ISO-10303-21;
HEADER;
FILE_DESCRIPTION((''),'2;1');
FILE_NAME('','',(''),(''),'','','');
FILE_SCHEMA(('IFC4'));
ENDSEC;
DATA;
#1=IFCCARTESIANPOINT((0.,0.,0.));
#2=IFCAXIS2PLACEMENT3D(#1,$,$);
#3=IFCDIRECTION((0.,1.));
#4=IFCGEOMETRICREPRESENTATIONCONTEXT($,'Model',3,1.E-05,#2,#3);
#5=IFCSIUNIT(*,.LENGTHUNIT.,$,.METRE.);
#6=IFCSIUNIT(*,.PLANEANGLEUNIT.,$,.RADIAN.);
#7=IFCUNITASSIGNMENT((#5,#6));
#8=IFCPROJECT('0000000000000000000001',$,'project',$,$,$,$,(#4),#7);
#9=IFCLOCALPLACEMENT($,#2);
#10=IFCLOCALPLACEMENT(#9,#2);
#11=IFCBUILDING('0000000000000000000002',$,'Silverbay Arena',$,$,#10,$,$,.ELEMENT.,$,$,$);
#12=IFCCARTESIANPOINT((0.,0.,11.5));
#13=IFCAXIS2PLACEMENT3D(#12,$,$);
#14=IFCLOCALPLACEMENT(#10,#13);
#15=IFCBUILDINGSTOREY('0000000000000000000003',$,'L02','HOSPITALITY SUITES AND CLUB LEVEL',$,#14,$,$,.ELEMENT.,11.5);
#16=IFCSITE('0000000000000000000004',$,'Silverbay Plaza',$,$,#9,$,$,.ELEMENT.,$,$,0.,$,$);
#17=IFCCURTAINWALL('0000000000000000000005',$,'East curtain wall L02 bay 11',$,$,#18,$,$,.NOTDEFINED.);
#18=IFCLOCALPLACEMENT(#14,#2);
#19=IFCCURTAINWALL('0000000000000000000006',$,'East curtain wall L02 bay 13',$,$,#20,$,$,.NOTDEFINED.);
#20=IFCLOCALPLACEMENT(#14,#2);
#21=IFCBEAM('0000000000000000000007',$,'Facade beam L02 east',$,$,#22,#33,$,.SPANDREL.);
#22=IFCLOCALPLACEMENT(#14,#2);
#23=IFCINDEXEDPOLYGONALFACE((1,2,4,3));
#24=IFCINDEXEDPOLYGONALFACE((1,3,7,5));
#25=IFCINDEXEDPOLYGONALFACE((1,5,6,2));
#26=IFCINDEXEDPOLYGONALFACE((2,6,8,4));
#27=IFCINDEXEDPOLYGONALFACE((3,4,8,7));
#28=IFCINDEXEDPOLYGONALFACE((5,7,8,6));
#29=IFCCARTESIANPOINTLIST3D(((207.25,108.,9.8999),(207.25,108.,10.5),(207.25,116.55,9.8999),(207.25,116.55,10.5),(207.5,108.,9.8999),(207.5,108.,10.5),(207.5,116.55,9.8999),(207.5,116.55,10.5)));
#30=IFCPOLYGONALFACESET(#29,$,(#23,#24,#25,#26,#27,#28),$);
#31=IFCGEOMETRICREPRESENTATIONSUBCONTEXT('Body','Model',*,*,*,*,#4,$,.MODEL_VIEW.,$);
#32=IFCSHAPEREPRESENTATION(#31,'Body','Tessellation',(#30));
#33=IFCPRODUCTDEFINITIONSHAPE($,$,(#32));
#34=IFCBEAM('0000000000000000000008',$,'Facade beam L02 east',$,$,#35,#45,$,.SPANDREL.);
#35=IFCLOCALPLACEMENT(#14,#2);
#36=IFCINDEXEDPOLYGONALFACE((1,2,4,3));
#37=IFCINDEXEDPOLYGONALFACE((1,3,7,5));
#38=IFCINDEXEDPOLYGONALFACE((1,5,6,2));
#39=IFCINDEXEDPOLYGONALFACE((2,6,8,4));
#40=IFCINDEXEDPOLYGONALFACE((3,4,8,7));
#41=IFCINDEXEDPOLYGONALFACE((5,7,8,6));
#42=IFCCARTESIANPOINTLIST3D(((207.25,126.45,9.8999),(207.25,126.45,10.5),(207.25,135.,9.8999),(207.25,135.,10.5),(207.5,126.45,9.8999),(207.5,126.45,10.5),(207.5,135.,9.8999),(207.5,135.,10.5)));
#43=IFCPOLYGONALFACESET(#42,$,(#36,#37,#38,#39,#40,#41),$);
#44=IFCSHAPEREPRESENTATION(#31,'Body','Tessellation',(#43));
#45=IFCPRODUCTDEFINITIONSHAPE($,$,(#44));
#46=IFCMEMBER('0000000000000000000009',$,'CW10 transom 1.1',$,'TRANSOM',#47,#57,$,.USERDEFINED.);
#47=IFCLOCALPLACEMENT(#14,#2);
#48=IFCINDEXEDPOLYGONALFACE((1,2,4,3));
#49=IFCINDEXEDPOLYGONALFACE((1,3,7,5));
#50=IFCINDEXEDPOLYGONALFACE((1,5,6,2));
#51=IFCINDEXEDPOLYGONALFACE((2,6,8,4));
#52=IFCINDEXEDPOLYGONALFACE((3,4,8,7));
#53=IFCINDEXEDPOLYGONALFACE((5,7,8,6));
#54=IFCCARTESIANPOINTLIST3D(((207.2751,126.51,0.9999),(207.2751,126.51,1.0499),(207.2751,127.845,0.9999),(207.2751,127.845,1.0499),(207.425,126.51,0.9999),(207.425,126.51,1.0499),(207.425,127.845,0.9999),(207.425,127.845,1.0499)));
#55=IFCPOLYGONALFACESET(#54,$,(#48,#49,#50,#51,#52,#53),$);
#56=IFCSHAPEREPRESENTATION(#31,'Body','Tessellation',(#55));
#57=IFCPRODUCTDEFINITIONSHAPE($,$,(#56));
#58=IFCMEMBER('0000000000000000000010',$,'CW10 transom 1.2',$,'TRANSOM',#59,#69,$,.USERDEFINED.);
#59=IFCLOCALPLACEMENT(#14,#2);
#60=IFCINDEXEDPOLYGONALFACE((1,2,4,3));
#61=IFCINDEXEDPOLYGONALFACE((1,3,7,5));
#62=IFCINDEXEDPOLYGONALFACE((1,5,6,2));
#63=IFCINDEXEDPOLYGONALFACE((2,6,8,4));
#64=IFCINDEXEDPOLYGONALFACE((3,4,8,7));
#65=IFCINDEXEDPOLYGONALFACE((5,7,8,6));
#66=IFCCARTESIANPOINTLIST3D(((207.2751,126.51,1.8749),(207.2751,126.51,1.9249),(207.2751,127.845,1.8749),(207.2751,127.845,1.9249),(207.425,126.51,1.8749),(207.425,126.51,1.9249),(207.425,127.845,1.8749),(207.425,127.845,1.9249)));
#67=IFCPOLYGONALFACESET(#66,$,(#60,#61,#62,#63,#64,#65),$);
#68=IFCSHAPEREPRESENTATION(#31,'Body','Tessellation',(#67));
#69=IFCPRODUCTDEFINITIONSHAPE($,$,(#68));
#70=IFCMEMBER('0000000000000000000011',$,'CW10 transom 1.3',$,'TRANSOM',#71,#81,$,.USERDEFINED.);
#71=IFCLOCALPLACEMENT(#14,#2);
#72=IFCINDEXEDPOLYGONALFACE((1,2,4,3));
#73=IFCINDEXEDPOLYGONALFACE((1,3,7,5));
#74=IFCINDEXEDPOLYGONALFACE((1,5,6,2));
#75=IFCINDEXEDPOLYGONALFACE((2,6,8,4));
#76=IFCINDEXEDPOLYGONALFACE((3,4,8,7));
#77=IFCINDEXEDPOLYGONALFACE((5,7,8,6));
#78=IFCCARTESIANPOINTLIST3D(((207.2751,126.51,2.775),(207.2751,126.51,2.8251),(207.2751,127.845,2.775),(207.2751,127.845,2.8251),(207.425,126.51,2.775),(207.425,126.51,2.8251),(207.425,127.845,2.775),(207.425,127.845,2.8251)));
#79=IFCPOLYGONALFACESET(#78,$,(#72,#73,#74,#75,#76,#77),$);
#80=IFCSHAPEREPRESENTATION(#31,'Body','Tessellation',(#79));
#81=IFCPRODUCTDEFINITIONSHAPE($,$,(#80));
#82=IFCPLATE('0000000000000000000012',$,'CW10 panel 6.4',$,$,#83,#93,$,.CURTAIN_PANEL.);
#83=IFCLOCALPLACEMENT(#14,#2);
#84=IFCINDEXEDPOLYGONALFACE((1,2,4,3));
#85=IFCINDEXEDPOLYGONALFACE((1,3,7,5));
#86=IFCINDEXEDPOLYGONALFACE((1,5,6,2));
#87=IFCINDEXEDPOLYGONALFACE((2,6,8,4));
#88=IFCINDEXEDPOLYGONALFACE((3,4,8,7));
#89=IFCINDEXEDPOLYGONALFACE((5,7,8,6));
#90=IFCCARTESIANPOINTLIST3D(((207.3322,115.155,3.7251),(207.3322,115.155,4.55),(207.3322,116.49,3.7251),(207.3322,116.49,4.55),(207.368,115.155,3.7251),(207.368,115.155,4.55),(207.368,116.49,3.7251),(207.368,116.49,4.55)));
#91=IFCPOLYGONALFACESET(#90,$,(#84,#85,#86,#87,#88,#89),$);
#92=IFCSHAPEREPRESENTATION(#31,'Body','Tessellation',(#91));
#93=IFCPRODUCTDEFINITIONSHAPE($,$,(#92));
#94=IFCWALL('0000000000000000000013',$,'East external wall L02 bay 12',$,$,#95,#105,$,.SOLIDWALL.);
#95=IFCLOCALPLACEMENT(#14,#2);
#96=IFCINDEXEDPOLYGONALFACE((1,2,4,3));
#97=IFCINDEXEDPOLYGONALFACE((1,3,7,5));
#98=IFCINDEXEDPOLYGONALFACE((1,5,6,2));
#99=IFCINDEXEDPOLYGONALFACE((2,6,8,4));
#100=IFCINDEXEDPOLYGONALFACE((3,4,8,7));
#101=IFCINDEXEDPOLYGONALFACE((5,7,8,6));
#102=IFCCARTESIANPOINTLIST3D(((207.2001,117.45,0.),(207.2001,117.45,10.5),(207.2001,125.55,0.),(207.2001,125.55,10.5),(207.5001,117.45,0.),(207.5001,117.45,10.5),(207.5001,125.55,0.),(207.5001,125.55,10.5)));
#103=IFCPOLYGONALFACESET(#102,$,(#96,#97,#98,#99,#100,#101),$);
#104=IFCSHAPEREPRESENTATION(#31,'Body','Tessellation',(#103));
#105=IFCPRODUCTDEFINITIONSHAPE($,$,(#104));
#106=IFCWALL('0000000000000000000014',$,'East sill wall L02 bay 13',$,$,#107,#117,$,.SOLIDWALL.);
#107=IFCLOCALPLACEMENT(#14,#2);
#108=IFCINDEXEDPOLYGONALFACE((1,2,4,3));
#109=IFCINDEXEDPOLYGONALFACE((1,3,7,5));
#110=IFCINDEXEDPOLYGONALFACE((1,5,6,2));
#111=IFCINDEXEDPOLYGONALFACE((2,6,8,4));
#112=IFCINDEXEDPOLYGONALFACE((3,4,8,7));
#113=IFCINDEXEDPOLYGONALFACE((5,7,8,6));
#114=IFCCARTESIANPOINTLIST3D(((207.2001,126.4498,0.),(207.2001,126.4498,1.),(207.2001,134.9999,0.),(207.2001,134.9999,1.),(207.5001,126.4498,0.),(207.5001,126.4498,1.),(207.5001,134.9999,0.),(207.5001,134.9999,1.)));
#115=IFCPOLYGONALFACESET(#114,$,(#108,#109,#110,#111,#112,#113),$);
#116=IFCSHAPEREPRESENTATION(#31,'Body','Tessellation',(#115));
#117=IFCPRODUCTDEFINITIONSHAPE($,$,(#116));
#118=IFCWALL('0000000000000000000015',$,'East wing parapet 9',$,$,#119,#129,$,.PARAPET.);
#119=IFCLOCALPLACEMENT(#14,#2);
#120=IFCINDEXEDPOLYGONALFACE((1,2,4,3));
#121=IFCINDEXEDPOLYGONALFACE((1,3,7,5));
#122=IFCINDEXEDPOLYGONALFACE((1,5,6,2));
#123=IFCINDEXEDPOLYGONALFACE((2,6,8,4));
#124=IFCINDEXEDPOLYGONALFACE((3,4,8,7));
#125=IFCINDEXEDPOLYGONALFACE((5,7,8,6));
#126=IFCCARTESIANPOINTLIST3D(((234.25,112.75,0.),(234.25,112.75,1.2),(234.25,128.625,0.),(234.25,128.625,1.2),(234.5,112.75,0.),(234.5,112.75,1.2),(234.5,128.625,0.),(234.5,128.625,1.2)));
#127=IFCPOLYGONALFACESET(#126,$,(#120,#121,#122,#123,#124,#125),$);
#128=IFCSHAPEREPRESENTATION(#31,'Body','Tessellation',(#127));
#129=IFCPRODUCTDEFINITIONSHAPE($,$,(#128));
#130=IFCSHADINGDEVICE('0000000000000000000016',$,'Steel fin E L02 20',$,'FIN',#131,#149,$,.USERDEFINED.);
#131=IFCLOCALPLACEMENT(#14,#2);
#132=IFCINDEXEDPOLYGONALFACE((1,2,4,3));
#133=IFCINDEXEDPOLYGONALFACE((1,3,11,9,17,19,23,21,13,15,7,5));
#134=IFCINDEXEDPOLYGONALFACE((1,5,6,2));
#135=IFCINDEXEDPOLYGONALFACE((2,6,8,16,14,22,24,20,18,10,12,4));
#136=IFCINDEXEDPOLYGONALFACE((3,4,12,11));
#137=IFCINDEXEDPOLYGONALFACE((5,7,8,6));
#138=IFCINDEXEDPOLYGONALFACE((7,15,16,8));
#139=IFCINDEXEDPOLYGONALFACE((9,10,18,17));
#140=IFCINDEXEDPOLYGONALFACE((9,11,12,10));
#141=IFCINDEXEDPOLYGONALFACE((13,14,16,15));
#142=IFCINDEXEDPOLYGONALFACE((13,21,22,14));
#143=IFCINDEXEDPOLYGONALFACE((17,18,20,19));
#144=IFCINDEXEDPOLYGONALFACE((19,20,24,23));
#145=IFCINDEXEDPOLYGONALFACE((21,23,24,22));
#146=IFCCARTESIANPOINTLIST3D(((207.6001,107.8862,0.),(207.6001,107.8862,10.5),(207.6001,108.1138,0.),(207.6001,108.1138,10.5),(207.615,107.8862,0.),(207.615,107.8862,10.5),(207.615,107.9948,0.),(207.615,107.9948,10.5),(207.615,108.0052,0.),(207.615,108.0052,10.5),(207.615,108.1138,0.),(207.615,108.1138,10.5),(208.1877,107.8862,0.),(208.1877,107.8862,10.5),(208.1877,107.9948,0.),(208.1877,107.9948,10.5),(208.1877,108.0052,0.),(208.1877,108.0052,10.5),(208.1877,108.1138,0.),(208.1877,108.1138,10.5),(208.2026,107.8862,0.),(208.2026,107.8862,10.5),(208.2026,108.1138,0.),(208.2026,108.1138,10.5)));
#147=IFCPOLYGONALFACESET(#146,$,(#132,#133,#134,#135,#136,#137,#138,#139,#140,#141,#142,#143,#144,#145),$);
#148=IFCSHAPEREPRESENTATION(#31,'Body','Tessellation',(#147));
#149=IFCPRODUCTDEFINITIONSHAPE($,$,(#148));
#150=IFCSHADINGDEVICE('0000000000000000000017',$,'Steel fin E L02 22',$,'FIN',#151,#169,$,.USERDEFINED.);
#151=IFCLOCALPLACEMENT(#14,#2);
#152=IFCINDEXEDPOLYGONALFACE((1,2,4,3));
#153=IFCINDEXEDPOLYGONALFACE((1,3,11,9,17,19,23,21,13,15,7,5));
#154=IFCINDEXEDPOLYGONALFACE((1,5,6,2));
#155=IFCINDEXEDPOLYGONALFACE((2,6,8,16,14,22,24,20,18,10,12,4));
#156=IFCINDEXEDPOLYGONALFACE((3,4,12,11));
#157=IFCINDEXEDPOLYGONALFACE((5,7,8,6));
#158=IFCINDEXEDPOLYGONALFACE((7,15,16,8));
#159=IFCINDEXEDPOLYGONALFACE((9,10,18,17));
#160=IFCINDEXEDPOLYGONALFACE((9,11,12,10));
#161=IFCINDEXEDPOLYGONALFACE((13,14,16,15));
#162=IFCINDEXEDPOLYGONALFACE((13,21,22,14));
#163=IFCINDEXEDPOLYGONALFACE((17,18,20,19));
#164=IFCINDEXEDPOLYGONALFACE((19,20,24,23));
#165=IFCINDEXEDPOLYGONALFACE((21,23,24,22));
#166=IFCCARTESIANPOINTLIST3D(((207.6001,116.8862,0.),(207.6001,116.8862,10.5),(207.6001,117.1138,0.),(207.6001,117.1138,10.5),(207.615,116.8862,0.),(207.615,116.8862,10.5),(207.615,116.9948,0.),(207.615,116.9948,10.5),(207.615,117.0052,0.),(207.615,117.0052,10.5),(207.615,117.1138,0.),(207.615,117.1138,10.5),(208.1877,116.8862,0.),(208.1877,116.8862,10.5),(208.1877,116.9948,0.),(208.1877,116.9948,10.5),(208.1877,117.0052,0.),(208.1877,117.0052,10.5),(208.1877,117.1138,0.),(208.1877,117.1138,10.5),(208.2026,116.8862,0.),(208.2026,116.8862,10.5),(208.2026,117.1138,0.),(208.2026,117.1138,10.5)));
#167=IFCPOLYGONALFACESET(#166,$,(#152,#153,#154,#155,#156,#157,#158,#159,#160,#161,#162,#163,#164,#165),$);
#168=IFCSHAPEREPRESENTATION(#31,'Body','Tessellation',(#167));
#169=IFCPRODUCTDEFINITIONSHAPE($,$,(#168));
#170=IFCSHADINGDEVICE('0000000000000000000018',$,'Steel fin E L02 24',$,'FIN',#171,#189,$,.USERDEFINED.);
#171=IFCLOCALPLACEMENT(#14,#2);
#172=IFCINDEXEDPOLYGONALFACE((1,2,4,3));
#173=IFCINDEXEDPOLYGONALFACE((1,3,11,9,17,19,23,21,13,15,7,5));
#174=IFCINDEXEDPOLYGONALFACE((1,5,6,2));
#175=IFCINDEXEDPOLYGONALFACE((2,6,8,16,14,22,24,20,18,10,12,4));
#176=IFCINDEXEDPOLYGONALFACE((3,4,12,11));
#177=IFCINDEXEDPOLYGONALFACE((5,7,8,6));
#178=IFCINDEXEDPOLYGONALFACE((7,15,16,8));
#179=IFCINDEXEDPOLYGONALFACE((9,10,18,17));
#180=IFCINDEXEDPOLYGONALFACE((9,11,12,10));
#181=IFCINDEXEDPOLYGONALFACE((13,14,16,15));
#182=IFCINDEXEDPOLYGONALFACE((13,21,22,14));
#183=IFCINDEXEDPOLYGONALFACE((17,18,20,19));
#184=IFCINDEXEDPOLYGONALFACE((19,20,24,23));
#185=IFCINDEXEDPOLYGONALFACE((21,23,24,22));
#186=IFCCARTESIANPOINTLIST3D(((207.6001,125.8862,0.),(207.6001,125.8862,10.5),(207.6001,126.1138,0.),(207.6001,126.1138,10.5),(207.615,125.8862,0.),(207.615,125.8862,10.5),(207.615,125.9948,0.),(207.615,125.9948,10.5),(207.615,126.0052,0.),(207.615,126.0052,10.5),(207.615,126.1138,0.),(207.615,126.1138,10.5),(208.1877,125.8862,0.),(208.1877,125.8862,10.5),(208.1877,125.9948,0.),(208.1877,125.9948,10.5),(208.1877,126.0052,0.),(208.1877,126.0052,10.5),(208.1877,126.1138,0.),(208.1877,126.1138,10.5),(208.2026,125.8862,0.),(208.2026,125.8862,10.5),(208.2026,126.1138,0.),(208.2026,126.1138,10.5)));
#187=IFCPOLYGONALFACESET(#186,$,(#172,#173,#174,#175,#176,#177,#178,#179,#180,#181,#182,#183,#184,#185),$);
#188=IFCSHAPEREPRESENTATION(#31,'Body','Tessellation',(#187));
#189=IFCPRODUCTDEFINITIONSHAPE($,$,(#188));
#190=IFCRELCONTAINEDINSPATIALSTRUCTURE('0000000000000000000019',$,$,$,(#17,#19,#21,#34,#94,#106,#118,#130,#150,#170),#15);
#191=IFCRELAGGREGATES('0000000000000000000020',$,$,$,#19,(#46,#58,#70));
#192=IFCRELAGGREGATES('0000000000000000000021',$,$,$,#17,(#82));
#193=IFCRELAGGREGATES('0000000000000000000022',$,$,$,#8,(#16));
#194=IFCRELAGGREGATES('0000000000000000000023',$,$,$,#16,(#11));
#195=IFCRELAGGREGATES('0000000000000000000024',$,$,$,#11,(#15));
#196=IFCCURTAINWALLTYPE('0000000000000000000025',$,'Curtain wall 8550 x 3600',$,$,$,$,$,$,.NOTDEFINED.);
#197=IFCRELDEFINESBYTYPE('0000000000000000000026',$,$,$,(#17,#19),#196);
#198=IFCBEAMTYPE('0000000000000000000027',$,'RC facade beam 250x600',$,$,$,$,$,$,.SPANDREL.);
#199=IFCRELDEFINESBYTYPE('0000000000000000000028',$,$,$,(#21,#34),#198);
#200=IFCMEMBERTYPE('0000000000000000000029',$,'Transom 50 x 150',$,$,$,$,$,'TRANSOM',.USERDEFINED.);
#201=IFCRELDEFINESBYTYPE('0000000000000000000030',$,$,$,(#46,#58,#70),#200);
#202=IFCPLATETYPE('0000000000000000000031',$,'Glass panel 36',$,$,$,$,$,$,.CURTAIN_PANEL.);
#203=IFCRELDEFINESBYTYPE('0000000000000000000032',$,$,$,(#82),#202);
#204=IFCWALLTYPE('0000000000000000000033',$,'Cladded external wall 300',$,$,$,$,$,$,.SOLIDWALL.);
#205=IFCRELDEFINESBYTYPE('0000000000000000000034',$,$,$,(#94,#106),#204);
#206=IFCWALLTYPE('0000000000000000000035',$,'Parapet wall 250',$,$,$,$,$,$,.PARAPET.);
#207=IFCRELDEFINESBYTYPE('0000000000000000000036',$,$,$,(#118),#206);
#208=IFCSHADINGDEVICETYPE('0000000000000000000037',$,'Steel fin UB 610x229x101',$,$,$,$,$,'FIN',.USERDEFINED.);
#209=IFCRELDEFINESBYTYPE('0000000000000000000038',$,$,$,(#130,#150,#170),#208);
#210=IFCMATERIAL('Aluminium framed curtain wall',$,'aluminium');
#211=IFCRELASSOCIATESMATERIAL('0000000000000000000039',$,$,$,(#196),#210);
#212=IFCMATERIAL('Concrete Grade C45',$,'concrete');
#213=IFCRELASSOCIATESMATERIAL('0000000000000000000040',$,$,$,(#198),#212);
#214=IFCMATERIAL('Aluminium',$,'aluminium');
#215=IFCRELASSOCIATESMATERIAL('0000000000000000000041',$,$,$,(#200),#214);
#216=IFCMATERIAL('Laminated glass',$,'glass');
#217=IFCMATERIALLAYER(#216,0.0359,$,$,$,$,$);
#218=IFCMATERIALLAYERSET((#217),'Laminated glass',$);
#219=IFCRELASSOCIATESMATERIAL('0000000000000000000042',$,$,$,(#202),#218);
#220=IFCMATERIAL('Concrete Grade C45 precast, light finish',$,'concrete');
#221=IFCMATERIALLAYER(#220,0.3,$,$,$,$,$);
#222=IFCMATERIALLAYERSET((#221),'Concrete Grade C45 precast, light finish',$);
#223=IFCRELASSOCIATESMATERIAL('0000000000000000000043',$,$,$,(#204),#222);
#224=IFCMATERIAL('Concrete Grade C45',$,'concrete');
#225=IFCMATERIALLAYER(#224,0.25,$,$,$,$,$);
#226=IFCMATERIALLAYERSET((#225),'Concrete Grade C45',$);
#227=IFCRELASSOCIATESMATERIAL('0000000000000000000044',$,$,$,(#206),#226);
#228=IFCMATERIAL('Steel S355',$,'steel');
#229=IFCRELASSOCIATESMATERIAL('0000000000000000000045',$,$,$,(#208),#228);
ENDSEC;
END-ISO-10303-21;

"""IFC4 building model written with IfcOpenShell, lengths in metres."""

from ifc_helpers import new_model, si_unit, direction, frame, frame_2d, origin, origin_2d, place, context, subcontext, project, spatial, rectangle, i_section, extrude, material, layer, layer_set, material_profile, profile_set, type_object, element, aggregate, save


model = new_model("IFC4")

# Units and contexts
model_context = context("Model", 3, precision=1e-05, world=origin(), true_north=direction((0.0, 1.0)))
body_context = subcontext(model_context, "Body", "Model", "MODEL_VIEW")
ifc_project = project(units=[si_unit("LENGTHUNIT", "METRE"), si_unit("PLANEANGLEUNIT", "RADIAN")], contexts=[model_context])

# Site, building, storey
site_placement = place(None, origin())
site = spatial("IfcSite", under=ifc_project, at=site_placement, Name="Silverbay Plaza", CompositionType="ELEMENT", RefElevation=0.0)
building_placement = place(site_placement, origin())
building = spatial("IfcBuilding", under=site, at=building_placement, Name="Silverbay Arena", CompositionType="ELEMENT")
storey_placement = place(building_placement, frame((0.0, 0.0, 11.5)))
storey = spatial("IfcBuildingStorey", under=building, at=storey_placement, Name="L02", Description="HOSPITALITY SUITES AND CLUB LEVEL", CompositionType="ELEMENT", Elevation=11.5)

# Curtain walls
ifc_material_1 = material(Name="Aluminium framed curtain wall", Category="aluminium")
curtain_wall_type = type_object("IfcCurtainWallType", Name="Curtain wall 8550 x 3600", PredefinedType="NOTDEFINED", material=ifc_material_1)
curtain_wall_1_placement = place(storey_placement, origin())
curtain_wall_1 = element("IfcCurtainWall", 1, at=curtain_wall_1_placement, inside=storey, type_object=curtain_wall_type, Name="East curtain wall L02 bay 11", PredefinedType="NOTDEFINED")
curtain_wall_2_placement = place(storey_placement, origin())
curtain_wall_2 = element("IfcCurtainWall", 2, at=curtain_wall_2_placement, inside=storey, type_object=curtain_wall_type, Name="East curtain wall L02 bay 13", PredefinedType="NOTDEFINED")

# Beams
ifc_material_2 = material(Name="Concrete Grade C45", Category="concrete")
ifc_material_profile_1 = material_profile(ifc_material_2, rectangle(XDim=0.25, YDim=0.6001, at=origin_2d()), Name="RC 250x600")
ifc_profile_set_1 = profile_set([ifc_material_profile_1], Name="Concrete Grade C45")
beam_type_1 = type_object("IfcBeamType", Name="RC facade beam 250x600", PredefinedType="SPANDREL", material=ifc_profile_set_1)
for number, where, z_axis, x_axis, name in (
    (3, (207.375, 108.0, 10.2), (0.0, 1.0, 0.0), (-1.0, 0.0, 0.0), "Facade beam L02 east"),
    (4, (207.375, 126.45, 10.2), (0.0, 1.0, 0.0), (-1.0, 0.0, 0.0), "Facade beam L02 east"),
):
    element("IfcBeam", number, at=place(storey_placement, frame(where, z_axis=z_axis, x_axis=x_axis)), inside=storey, type_object=beam_type_1, Name=name, PredefinedType="SPANDREL", context=body_context, shape_type="SweptSolid", body=[
        extrude(rectangle(XDim=0.25, YDim=0.6001, at=origin_2d()), origin(), (0.0, 0.0, 1.0), 8.55),
    ])

# Members
ifc_material_3 = material(Name="Aluminium", Category="aluminium")
ifc_material_profile_2 = material_profile(ifc_material_3, rectangle(XDim=0.1499, YDim=0.05, at=origin_2d()), Name="Transom 50 x 150")
ifc_profile_set_2 = profile_set([ifc_material_profile_2], Name="Aluminium")
member_type_1 = type_object("IfcMemberType", Name="Transom 50 x 150", ElementType="TRANSOM", PredefinedType="USERDEFINED", material=ifc_profile_set_2)
member_1_placement = place(storey_placement, frame((207.3501, 126.51, 1.0249), z_axis=(0.0, 1.0, 0.0), x_axis=(-1.0, 0.0, 0.0)))
member_1 = element("IfcMember", 5, at=member_1_placement, type_object=member_type_1, Name="CW10 transom 1.1", ObjectType="TRANSOM", PredefinedType="USERDEFINED", context=body_context, shape_type="SweptSolid", body=[
    extrude(rectangle(XDim=0.1499, YDim=0.05, at=origin_2d()), origin(), (0.0, 0.0, 1.0), 1.335),
])
member_2_placement = place(storey_placement, frame((207.3501, 126.51, 1.8999), z_axis=(0.0, 1.0, 0.0), x_axis=(-1.0, 0.0, 0.0)))
member_2 = element("IfcMember", 6, at=member_2_placement, type_object=member_type_1, Name="CW10 transom 1.2", ObjectType="TRANSOM", PredefinedType="USERDEFINED", context=body_context, shape_type="SweptSolid", body=[
    extrude(rectangle(XDim=0.1499, YDim=0.05, at=origin_2d()), origin(), (0.0, 0.0, 1.0), 1.335),
])
member_3_placement = place(storey_placement, frame((207.3501, 126.51, 2.8), z_axis=(0.0, 1.0, 0.0), x_axis=(-1.0, 0.0, 0.0)))
member_3 = element("IfcMember", 7, at=member_3_placement, type_object=member_type_1, Name="CW10 transom 1.3", ObjectType="TRANSOM", PredefinedType="USERDEFINED", context=body_context, shape_type="SweptSolid", body=[
    extrude(rectangle(XDim=0.1499, YDim=0.05, at=origin_2d()), origin(), (0.0, 0.0, 1.0), 1.335),
])
aggregate(curtain_wall_2, [member_1, member_2, member_3])

# Plate
ifc_material_4 = material(Name="Laminated glass", Category="glass")
ifc_layer_1 = layer(ifc_material_4, 0.0359)
ifc_layer_set_1 = layer_set([ifc_layer_1], Name="Laminated glass")
plate_type = type_object("IfcPlateType", Name="Glass panel 36", PredefinedType="CURTAIN_PANEL", material=ifc_layer_set_1)
plate_placement = place(storey_placement, frame((207.3501, 115.8225, 3.7251), z_axis=(0.0, 0.0, 1.0), x_axis=(0.0, 1.0, 0.0)))
plate = element("IfcPlate", 8, at=plate_placement, type_object=plate_type, Name="CW10 panel 6.4", PredefinedType="CURTAIN_PANEL", context=body_context, shape_type="SweptSolid", body=[
    extrude(rectangle(XDim=1.335, YDim=0.0359, at=origin_2d()), origin(), (0.0, 0.0, 1.0), 0.825),
])
aggregate(curtain_wall_1, [plate])

# Walls
ifc_material_5 = material(Name="Concrete Grade C45 precast, light finish", Category="concrete")
ifc_layer_2 = layer(ifc_material_5, 0.3)
ifc_layer_set_2 = layer_set([ifc_layer_2], Name="Concrete Grade C45 precast, light finish")
wall_type_1 = type_object("IfcWallType", Name="Cladded external wall 300", PredefinedType="SOLIDWALL", material=ifc_layer_set_2)
wall_1_placement = place(storey_placement, frame((207.3501, 117.45, 0.0), z_axis=(0.0, 0.0, 1.0), x_axis=(0.0, 1.0, 0.0)))
element("IfcWall", 9, at=wall_1_placement, inside=storey, type_object=wall_type_1, Name="East external wall L02 bay 12", PredefinedType="SOLIDWALL", context=body_context, shape_type="SweptSolid", body=[
    extrude(rectangle(XDim=8.1001, YDim=0.3, at=frame_2d((4.05, 0.0))), origin(), (0.0, 0.0, 1.0), 10.5),
])
wall_2_placement = place(storey_placement, frame((207.3501, 126.45, 0.0), z_axis=(0.0, 0.0, 1.0), x_axis=(0.0, 1.0, 0.0)))
element("IfcWall", 10, at=wall_2_placement, inside=storey, type_object=wall_type_1, Name="East sill wall L02 bay 13", PredefinedType="SOLIDWALL", context=body_context, shape_type="SweptSolid", body=[
    extrude(rectangle(XDim=8.55, YDim=0.3, at=frame_2d((4.2749, 0.0))), origin(), (0.0, 0.0, 1.0), 1.0),
])
ifc_material_6 = material(Name="Concrete Grade C45", Category="concrete")
ifc_layer_3 = layer(ifc_material_6, 0.25)
ifc_layer_set_3 = layer_set([ifc_layer_3], Name="Concrete Grade C45")
wall_type_2 = type_object("IfcWallType", Name="Parapet wall 250", PredefinedType="PARAPET", material=ifc_layer_set_3)
wall_3_placement = place(storey_placement, frame((234.375, 112.75, 0.0), z_axis=(0.0, 0.0, 1.0), x_axis=(0.0, 1.0, 0.0)))
element("IfcWall", 11, at=wall_3_placement, inside=storey, type_object=wall_type_2, Name="East wing parapet 9", PredefinedType="PARAPET", context=body_context, shape_type="SweptSolid", body=[
    extrude(rectangle(XDim=15.875, YDim=0.25, at=frame_2d((7.9375, 0.0))), origin(), (0.0, 0.0, 1.0), 1.2),
])

# Shading devices
ifc_material_7 = material(Name="Steel S355", Category="steel")
ifc_material_profile_3 = material_profile(ifc_material_7, i_section(OverallWidth=0.2275, OverallDepth=0.6025, WebThickness=0.0105, FlangeThickness=0.0149, at=origin_2d()), Name="UB 610x229x101")
ifc_profile_set_3 = profile_set([ifc_material_profile_3], Name="Steel S355")
shading_device_type = type_object("IfcShadingDeviceType", Name="Steel fin UB 610x229x101", ElementType="FIN", PredefinedType="USERDEFINED", material=ifc_profile_set_3)
for number, where, z_axis, x_axis, name in (
    (12, (207.9014, 108.0, 0.0), (0.0, 0.0, 1.0), (0.0, 1.0, 0.0), "Steel fin E L02 20"),
    (13, (207.9014, 117.0, 0.0), (0.0, 0.0, 1.0), (0.0, 1.0, 0.0), "Steel fin E L02 22"),
    (14, (207.9014, 126.0, 0.0), (0.0, 0.0, 1.0), (0.0, 1.0, 0.0), "Steel fin E L02 24"),
):
    element("IfcShadingDevice", number, at=place(storey_placement, frame(where, z_axis=z_axis, x_axis=x_axis)), inside=storey, type_object=shading_device_type, Name=name, ObjectType="FIN", PredefinedType="USERDEFINED", context=body_context, shape_type="SweptSolid", body=[
        extrude(i_section(OverallWidth=0.2275, OverallDepth=0.6025, WebThickness=0.0105, FlangeThickness=0.0149, at=origin_2d()), origin(), (0.0, 0.0, 1.0), 10.5),
    ])

save(model, "model.ifc")
